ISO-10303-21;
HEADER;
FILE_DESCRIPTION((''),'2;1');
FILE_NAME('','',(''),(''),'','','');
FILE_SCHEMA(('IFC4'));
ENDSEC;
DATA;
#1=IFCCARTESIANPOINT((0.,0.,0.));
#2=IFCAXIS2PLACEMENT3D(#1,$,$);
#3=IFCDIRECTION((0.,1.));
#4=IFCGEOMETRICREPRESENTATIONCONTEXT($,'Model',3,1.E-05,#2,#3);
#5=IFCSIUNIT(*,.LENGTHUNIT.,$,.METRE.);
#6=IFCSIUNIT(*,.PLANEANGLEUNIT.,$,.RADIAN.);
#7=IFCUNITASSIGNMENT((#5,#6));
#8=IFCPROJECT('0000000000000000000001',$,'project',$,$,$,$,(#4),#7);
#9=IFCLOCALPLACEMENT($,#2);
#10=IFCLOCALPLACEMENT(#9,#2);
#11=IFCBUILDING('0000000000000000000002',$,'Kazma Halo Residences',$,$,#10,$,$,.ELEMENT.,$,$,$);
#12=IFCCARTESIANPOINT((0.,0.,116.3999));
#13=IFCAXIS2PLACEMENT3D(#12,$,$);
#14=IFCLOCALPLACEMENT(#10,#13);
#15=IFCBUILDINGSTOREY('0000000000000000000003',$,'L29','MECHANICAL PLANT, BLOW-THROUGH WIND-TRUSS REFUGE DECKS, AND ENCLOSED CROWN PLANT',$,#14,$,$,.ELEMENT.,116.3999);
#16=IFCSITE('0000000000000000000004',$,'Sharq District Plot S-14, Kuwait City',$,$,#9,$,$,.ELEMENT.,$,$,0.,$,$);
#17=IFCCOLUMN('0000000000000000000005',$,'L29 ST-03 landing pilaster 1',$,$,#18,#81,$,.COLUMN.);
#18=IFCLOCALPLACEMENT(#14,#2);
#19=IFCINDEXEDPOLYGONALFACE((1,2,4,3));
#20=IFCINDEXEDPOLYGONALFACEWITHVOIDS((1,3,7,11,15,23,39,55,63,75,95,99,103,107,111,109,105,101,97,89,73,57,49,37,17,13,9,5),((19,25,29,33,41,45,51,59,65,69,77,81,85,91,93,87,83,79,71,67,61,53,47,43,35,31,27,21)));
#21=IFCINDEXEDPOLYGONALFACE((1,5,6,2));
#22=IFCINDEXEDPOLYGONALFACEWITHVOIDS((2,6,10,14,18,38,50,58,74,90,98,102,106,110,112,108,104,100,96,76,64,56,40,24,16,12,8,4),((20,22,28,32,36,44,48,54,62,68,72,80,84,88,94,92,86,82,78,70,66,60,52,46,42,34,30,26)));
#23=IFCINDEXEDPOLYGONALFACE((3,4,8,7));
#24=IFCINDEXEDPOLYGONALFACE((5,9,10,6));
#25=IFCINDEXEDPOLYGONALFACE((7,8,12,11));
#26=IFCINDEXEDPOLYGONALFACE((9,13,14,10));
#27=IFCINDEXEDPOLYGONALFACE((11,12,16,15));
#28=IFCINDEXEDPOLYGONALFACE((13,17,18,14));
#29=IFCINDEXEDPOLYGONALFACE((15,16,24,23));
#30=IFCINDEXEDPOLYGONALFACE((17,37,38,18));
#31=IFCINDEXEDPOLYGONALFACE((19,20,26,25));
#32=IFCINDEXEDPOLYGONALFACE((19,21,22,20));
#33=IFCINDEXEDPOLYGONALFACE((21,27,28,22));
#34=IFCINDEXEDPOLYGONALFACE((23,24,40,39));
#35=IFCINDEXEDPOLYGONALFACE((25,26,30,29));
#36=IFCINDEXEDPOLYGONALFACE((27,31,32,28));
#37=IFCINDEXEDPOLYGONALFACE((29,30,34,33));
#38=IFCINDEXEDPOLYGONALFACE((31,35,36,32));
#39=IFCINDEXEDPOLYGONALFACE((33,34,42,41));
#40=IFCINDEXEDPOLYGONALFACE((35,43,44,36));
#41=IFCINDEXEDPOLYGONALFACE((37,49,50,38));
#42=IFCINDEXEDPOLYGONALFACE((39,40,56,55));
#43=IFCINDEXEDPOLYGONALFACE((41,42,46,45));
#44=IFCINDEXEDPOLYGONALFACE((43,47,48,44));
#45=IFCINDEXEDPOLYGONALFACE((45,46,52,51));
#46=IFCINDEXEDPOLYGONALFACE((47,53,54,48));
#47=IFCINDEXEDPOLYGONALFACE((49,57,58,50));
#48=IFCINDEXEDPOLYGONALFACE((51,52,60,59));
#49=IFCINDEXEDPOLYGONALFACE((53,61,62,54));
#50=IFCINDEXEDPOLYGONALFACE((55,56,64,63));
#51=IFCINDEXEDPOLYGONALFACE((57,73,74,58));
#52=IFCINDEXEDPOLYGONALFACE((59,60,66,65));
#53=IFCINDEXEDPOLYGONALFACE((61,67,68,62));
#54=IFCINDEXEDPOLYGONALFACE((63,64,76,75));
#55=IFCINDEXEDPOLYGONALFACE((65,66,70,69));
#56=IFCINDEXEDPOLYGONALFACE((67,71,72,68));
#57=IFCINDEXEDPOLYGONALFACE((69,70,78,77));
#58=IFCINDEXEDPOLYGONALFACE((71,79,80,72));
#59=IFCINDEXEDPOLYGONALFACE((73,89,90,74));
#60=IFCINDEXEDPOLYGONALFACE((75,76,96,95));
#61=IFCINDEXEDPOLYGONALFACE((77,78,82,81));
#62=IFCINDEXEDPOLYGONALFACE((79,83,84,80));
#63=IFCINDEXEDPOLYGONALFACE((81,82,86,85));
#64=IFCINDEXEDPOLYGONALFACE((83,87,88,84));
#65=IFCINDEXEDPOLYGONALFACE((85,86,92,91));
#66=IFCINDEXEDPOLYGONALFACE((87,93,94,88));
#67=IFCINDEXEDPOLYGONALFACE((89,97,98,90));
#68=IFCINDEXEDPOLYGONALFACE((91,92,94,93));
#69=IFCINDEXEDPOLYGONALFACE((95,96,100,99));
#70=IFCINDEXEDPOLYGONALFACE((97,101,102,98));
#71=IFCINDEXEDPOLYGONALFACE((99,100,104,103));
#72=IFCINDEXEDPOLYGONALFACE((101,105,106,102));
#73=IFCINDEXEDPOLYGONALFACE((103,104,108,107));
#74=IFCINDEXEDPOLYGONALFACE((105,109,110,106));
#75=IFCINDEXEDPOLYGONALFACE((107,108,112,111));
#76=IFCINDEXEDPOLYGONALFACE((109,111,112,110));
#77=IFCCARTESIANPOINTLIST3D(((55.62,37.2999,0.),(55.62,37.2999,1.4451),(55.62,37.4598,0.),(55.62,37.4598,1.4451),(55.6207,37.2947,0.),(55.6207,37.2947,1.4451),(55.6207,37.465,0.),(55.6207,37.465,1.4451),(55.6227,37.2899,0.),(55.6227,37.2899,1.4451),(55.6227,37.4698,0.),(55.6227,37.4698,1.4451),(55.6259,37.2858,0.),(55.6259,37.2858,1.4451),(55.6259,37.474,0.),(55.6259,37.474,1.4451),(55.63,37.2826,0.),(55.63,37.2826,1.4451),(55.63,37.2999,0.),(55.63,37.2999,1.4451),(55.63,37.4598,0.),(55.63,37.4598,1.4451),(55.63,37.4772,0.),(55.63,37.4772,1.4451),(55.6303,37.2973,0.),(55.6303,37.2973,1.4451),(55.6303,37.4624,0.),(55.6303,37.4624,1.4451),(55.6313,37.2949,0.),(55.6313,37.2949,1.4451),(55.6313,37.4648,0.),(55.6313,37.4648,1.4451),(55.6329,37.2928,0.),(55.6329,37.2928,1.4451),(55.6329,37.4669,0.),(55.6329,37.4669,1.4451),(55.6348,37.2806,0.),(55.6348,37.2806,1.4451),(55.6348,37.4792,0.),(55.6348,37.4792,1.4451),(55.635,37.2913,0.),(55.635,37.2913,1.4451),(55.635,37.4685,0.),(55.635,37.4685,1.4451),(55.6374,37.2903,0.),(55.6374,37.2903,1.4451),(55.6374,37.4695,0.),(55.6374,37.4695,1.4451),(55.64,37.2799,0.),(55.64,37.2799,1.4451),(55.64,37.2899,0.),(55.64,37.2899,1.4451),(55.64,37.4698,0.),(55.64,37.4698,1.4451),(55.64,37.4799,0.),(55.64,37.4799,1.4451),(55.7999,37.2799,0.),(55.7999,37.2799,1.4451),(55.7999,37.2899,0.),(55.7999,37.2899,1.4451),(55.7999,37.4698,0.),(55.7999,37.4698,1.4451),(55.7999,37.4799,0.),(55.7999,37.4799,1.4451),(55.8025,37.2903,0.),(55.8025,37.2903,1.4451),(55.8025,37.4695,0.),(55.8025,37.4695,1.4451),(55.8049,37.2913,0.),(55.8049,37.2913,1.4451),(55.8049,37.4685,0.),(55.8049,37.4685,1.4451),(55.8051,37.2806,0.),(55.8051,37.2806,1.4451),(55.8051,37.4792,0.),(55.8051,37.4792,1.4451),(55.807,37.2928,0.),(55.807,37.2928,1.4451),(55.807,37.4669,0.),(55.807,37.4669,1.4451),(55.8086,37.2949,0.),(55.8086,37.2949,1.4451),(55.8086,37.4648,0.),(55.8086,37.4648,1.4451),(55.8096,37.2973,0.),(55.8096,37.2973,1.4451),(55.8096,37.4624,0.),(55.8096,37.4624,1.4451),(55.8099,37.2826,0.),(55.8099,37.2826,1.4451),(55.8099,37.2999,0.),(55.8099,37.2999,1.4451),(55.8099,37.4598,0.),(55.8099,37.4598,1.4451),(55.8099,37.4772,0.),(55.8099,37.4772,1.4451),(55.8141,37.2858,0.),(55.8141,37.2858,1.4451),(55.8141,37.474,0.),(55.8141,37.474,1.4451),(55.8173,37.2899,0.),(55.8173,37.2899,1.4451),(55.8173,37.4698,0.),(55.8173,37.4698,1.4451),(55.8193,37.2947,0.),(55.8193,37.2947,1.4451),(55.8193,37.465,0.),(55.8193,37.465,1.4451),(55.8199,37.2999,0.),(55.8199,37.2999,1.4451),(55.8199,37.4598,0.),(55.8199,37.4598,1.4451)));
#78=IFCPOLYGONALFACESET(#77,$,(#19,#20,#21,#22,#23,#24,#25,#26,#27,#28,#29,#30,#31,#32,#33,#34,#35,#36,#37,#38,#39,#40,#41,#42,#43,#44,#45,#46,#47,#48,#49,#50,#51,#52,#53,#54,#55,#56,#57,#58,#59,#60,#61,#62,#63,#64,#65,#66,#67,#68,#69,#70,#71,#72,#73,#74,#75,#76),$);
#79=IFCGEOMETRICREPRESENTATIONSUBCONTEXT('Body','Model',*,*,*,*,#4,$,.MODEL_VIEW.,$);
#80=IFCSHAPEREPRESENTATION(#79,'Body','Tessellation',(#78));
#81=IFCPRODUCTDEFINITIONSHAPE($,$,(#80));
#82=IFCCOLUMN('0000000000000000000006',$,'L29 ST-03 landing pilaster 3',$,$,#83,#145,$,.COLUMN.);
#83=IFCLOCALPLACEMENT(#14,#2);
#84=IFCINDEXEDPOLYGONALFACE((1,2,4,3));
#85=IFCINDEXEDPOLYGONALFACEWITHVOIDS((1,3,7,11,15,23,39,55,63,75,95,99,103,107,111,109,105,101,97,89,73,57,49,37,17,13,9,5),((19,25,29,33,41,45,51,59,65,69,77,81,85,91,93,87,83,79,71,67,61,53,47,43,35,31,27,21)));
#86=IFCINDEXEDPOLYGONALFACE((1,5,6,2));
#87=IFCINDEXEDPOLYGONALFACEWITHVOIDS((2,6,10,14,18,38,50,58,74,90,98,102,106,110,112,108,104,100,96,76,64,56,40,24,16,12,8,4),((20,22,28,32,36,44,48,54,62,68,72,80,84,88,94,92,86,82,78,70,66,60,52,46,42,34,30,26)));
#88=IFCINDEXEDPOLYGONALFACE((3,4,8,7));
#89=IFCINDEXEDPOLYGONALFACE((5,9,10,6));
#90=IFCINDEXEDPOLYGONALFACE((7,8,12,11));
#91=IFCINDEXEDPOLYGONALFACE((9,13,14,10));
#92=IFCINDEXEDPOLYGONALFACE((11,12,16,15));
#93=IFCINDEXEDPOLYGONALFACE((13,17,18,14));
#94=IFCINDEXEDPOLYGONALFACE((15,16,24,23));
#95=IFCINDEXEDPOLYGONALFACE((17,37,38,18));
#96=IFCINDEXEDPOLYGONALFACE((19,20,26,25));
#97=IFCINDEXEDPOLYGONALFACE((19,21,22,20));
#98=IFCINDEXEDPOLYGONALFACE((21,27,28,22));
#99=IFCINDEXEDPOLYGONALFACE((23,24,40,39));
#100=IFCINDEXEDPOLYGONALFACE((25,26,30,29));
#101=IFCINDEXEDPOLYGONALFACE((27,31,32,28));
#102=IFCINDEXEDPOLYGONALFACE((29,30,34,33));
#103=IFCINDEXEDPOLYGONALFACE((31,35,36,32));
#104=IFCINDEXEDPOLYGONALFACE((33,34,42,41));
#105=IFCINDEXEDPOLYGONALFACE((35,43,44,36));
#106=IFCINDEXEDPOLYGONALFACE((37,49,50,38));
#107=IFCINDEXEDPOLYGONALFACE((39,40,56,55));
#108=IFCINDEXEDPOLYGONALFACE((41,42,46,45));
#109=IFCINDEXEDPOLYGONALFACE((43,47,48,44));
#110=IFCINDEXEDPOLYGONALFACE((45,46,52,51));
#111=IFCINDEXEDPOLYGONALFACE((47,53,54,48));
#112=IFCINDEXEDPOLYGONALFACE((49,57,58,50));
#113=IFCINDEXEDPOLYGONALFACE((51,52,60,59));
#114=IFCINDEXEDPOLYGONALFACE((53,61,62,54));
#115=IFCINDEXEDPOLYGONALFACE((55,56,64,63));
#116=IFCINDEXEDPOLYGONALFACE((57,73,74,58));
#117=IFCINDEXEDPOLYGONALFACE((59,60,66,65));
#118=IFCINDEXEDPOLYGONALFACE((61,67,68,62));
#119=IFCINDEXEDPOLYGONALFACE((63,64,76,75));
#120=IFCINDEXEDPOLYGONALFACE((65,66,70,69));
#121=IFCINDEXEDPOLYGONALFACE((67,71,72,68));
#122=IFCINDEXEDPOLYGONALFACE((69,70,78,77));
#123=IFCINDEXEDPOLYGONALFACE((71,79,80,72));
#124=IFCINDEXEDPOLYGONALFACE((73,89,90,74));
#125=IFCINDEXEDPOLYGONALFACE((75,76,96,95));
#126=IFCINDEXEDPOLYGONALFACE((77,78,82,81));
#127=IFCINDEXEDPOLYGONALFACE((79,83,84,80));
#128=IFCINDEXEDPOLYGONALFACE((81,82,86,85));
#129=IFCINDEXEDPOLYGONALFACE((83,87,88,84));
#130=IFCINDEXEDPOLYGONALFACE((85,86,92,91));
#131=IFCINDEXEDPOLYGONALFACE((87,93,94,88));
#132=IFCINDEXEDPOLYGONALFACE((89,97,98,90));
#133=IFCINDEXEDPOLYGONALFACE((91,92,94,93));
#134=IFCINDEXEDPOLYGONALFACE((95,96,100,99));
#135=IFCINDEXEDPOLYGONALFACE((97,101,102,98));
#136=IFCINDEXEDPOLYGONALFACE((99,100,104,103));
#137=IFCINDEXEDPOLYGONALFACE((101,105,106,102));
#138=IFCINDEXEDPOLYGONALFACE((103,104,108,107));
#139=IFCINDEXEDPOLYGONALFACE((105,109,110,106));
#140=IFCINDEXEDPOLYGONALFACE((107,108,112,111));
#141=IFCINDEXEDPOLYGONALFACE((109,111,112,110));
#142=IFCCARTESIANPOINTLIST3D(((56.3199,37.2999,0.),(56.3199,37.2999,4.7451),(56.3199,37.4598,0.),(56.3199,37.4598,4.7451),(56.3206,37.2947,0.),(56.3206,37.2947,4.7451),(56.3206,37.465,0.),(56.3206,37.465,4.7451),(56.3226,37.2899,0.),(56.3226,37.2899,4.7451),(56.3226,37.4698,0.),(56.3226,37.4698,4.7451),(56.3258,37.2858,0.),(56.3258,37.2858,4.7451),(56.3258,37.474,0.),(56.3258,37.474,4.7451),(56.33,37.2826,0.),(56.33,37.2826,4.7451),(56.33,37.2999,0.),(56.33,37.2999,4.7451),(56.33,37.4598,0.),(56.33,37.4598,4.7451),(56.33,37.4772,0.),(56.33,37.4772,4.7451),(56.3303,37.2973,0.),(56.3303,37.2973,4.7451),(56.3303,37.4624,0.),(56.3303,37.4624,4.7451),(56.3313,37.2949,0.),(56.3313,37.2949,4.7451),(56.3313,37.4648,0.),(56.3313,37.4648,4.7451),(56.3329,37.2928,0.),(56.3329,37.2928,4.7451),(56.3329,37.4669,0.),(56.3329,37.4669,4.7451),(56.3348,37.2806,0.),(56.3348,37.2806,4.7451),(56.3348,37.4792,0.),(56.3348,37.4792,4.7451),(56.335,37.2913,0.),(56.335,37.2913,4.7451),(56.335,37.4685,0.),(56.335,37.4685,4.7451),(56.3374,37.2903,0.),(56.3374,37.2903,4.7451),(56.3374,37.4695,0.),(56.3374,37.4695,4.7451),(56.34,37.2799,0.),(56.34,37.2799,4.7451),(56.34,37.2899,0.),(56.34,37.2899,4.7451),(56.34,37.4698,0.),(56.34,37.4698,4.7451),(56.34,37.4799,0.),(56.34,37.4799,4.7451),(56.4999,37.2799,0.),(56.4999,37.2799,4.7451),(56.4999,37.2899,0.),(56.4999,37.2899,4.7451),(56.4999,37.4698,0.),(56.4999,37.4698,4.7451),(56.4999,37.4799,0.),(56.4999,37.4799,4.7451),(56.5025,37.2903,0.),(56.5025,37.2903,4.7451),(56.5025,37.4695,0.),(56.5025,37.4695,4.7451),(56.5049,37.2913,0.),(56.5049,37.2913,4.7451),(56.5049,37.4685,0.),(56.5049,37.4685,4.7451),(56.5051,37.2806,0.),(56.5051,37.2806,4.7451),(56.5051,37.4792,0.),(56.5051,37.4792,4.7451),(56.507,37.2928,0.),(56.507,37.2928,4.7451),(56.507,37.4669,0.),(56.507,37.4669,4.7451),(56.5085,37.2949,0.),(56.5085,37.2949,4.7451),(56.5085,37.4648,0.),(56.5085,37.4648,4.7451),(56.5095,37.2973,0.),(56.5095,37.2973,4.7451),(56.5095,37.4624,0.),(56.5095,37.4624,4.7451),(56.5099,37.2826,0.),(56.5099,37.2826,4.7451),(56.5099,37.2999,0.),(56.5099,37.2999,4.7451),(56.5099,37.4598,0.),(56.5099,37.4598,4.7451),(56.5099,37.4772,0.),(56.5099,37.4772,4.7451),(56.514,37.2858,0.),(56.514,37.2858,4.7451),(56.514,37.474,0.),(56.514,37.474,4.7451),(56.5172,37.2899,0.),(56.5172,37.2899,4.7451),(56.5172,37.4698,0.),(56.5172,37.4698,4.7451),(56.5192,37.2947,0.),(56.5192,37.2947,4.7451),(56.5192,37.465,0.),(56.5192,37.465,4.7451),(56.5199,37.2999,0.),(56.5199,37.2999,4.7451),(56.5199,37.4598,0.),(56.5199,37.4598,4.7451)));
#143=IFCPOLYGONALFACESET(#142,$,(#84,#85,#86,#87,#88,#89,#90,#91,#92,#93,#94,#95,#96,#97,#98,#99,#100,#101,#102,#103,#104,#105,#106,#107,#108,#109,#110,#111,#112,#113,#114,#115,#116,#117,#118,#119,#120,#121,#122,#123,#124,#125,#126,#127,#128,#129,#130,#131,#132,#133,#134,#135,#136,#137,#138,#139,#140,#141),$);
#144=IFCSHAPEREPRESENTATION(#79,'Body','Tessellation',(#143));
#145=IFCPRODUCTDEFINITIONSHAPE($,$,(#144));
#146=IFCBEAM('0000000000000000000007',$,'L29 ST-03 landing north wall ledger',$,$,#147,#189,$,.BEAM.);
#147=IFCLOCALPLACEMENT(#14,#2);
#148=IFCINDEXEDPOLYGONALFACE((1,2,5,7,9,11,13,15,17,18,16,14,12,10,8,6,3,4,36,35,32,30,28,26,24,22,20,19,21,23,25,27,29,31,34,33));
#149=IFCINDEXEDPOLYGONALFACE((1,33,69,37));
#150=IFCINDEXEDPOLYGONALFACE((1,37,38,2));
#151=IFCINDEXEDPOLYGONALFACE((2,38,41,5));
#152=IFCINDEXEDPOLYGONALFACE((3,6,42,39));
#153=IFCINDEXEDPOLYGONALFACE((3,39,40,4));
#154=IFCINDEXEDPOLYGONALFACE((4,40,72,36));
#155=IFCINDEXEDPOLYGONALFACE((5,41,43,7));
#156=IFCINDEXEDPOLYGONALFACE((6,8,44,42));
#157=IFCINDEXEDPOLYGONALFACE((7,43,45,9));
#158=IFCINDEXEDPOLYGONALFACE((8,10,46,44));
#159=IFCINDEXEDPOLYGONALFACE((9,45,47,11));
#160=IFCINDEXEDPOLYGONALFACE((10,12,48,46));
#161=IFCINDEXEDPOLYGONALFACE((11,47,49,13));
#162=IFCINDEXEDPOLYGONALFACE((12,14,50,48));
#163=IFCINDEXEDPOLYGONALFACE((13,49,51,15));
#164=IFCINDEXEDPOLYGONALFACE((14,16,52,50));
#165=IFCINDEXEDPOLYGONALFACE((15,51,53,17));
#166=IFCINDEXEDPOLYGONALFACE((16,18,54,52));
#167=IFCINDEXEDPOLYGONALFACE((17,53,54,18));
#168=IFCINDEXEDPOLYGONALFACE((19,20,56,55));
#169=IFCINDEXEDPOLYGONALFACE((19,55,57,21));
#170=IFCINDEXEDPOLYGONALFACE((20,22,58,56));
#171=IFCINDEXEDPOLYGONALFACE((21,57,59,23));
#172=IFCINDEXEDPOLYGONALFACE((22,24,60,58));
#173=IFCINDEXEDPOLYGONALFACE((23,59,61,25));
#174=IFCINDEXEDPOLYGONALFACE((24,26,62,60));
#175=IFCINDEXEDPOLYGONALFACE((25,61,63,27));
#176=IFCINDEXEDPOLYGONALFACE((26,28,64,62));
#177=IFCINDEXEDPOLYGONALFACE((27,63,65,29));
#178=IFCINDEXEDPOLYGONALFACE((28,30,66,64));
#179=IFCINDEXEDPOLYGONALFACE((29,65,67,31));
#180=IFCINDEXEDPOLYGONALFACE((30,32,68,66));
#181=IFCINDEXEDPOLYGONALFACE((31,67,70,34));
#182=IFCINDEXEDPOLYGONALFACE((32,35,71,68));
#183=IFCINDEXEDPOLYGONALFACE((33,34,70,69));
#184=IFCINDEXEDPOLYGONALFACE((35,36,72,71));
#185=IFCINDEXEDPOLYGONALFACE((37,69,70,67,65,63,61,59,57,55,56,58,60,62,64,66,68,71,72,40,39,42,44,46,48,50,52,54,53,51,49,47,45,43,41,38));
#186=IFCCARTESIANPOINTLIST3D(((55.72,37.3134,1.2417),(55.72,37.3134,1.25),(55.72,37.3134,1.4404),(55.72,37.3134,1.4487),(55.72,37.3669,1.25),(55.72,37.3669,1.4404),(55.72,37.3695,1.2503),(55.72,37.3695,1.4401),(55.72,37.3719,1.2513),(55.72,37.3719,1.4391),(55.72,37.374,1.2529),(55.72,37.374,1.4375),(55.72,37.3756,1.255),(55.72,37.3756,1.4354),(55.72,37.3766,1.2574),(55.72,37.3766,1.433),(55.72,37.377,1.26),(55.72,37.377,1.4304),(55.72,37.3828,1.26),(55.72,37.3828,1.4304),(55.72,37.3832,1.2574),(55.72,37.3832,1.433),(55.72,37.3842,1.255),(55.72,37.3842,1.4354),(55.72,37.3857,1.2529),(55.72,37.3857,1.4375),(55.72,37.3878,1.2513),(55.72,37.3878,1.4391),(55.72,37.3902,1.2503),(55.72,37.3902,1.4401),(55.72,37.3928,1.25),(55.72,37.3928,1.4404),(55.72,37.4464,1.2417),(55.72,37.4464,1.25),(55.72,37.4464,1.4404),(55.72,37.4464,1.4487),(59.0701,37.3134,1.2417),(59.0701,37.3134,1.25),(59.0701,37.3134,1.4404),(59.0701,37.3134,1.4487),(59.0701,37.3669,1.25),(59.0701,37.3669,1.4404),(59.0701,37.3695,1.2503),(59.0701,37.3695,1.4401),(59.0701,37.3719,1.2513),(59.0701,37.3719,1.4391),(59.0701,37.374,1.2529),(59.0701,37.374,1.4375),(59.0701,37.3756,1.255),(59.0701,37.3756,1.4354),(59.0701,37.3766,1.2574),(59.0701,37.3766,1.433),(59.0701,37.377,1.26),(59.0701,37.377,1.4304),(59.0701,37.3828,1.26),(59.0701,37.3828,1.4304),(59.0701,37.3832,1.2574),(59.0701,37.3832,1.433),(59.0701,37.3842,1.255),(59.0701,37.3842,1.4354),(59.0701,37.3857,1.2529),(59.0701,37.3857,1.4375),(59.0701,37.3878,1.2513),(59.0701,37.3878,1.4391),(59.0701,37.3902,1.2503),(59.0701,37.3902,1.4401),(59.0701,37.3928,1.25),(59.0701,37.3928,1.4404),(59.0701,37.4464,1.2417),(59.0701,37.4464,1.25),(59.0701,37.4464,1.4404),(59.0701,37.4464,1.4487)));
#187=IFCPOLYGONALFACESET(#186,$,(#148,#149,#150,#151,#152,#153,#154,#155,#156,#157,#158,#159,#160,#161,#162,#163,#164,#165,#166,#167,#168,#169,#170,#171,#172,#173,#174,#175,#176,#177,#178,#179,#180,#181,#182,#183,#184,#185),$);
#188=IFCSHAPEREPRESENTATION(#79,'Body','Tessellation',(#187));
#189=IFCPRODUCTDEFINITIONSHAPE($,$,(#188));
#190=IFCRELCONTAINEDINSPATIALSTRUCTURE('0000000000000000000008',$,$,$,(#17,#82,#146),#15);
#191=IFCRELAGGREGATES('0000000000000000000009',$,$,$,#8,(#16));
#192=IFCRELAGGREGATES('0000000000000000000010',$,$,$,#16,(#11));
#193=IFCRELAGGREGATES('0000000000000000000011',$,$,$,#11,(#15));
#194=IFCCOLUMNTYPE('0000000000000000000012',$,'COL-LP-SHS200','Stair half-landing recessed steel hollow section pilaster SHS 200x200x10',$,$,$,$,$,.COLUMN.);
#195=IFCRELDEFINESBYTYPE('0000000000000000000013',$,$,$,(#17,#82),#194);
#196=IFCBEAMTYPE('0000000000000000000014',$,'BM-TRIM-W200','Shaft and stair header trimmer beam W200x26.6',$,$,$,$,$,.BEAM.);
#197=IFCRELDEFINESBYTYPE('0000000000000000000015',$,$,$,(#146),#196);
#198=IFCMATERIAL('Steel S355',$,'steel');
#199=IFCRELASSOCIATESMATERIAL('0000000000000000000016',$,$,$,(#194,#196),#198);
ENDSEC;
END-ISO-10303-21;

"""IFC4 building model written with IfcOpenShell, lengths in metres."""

from ifc_helpers import new_model, si_unit, direction, frame, origin, origin_2d, place, context, subcontext, project, spatial, hollow_rectangle, i_section, extrude, material, material_profile, profile_set, type_object, element, save


model = new_model("IFC4")

# Units and contexts
model_context = context("Model", 3, precision=1e-05, world=origin(), true_north=direction((0.0, 1.0)))
body_context = subcontext(model_context, "Body", "Model", "MODEL_VIEW")
ifc_project = project(units=[si_unit("LENGTHUNIT", "METRE"), si_unit("PLANEANGLEUNIT", "RADIAN")], contexts=[model_context])

# Site, building, storey
site_placement = place(None, origin())
site = spatial("IfcSite", under=ifc_project, at=site_placement, Name="Sharq District Plot S-14, Kuwait City", CompositionType="ELEMENT", RefElevation=0.0)
building_placement = place(site_placement, origin())
building = spatial("IfcBuilding", under=site, at=building_placement, Name="Kazma Halo Residences", CompositionType="ELEMENT")
storey_placement = place(building_placement, frame((0.0, 0.0, 116.3999)))
storey = spatial("IfcBuildingStorey", under=building, at=storey_placement, Name="L29", Description="MECHANICAL PLANT, BLOW-THROUGH WIND-TRUSS REFUGE DECKS, AND ENCLOSED CROWN PLANT", CompositionType="ELEMENT", Elevation=116.3999)

# Columns
ifc_material_1 = material(Name="Steel S355", Category="steel")
ifc_material_profile_1 = material_profile(ifc_material_1, hollow_rectangle(XDim=0.2, YDim=0.2, WallThickness=0.01, InnerFilletRadius=0.01, OuterFilletRadius=0.02, at=origin_2d()), Name="SHS200x200x10")
ifc_profile_set_1 = profile_set([ifc_material_profile_1], Name="Steel S355")
column_type = type_object("IfcColumnType", Name="COL-LP-SHS200", Description="Stair half-landing recessed steel hollow section pilaster SHS 200x200x10", PredefinedType="COLUMN", material=ifc_profile_set_1)
column_1_placement = place(storey_placement, frame((55.72, 37.3799, 0.0), z_axis=(0.0, 0.0, 1.0), x_axis=(1.0, 0.0, 0.0)))
element("IfcColumn", 1, at=column_1_placement, inside=storey, type_object=column_type, Name="L29 ST-03 landing pilaster 1", PredefinedType="COLUMN", context=body_context, shape_type="SweptSolid", body=[
    extrude(hollow_rectangle(XDim=0.2, YDim=0.2, WallThickness=0.01, InnerFilletRadius=0.01, OuterFilletRadius=0.02, at=origin_2d()), origin(), (0.0, 0.0, 1.0), 1.4451),
])
column_2_placement = place(storey_placement, frame((56.4199, 37.3799, 0.0), z_axis=(0.0, 0.0, 1.0), x_axis=(1.0, 0.0, 0.0)))
element("IfcColumn", 2, at=column_2_placement, inside=storey, type_object=column_type, Name="L29 ST-03 landing pilaster 3", PredefinedType="COLUMN", context=body_context, shape_type="SweptSolid", body=[
    extrude(hollow_rectangle(XDim=0.2, YDim=0.2, WallThickness=0.01, InnerFilletRadius=0.01, OuterFilletRadius=0.02, at=origin_2d()), origin(), (0.0, 0.0, 1.0), 4.7451),
])

# Beam
ifc_material_profile_2 = material_profile(ifc_material_1, i_section(OverallWidth=0.1331, OverallDepth=0.207, WebThickness=0.0059, FlangeThickness=0.0083, FilletRadius=0.01, at=origin_2d()), Name="W200x26.6")
ifc_profile_set_2 = profile_set([ifc_material_profile_2], Name="Steel S355")
beam_type = type_object("IfcBeamType", Name="BM-TRIM-W200", Description="Shaft and stair header trimmer beam W200x26.6", PredefinedType="BEAM", material=ifc_profile_set_2)
beam_1_placement = place(storey_placement, frame((55.72, 37.3799, 1.3452), z_axis=(1.0, 0.0, 0.0), x_axis=(0.0, 1.0, 0.0)))
element("IfcBeam", 3, at=beam_1_placement, inside=storey, type_object=beam_type, Name="L29 ST-03 landing north wall ledger", PredefinedType="BEAM", context=body_context, shape_type="SweptSolid", body=[
    extrude(i_section(OverallWidth=0.1331, OverallDepth=0.207, WebThickness=0.0059, FlangeThickness=0.0083, FilletRadius=0.01, at=origin_2d()), origin(), (0.0, 0.0, 1.0), 3.3501),
])

save(model, "model.ifc")
